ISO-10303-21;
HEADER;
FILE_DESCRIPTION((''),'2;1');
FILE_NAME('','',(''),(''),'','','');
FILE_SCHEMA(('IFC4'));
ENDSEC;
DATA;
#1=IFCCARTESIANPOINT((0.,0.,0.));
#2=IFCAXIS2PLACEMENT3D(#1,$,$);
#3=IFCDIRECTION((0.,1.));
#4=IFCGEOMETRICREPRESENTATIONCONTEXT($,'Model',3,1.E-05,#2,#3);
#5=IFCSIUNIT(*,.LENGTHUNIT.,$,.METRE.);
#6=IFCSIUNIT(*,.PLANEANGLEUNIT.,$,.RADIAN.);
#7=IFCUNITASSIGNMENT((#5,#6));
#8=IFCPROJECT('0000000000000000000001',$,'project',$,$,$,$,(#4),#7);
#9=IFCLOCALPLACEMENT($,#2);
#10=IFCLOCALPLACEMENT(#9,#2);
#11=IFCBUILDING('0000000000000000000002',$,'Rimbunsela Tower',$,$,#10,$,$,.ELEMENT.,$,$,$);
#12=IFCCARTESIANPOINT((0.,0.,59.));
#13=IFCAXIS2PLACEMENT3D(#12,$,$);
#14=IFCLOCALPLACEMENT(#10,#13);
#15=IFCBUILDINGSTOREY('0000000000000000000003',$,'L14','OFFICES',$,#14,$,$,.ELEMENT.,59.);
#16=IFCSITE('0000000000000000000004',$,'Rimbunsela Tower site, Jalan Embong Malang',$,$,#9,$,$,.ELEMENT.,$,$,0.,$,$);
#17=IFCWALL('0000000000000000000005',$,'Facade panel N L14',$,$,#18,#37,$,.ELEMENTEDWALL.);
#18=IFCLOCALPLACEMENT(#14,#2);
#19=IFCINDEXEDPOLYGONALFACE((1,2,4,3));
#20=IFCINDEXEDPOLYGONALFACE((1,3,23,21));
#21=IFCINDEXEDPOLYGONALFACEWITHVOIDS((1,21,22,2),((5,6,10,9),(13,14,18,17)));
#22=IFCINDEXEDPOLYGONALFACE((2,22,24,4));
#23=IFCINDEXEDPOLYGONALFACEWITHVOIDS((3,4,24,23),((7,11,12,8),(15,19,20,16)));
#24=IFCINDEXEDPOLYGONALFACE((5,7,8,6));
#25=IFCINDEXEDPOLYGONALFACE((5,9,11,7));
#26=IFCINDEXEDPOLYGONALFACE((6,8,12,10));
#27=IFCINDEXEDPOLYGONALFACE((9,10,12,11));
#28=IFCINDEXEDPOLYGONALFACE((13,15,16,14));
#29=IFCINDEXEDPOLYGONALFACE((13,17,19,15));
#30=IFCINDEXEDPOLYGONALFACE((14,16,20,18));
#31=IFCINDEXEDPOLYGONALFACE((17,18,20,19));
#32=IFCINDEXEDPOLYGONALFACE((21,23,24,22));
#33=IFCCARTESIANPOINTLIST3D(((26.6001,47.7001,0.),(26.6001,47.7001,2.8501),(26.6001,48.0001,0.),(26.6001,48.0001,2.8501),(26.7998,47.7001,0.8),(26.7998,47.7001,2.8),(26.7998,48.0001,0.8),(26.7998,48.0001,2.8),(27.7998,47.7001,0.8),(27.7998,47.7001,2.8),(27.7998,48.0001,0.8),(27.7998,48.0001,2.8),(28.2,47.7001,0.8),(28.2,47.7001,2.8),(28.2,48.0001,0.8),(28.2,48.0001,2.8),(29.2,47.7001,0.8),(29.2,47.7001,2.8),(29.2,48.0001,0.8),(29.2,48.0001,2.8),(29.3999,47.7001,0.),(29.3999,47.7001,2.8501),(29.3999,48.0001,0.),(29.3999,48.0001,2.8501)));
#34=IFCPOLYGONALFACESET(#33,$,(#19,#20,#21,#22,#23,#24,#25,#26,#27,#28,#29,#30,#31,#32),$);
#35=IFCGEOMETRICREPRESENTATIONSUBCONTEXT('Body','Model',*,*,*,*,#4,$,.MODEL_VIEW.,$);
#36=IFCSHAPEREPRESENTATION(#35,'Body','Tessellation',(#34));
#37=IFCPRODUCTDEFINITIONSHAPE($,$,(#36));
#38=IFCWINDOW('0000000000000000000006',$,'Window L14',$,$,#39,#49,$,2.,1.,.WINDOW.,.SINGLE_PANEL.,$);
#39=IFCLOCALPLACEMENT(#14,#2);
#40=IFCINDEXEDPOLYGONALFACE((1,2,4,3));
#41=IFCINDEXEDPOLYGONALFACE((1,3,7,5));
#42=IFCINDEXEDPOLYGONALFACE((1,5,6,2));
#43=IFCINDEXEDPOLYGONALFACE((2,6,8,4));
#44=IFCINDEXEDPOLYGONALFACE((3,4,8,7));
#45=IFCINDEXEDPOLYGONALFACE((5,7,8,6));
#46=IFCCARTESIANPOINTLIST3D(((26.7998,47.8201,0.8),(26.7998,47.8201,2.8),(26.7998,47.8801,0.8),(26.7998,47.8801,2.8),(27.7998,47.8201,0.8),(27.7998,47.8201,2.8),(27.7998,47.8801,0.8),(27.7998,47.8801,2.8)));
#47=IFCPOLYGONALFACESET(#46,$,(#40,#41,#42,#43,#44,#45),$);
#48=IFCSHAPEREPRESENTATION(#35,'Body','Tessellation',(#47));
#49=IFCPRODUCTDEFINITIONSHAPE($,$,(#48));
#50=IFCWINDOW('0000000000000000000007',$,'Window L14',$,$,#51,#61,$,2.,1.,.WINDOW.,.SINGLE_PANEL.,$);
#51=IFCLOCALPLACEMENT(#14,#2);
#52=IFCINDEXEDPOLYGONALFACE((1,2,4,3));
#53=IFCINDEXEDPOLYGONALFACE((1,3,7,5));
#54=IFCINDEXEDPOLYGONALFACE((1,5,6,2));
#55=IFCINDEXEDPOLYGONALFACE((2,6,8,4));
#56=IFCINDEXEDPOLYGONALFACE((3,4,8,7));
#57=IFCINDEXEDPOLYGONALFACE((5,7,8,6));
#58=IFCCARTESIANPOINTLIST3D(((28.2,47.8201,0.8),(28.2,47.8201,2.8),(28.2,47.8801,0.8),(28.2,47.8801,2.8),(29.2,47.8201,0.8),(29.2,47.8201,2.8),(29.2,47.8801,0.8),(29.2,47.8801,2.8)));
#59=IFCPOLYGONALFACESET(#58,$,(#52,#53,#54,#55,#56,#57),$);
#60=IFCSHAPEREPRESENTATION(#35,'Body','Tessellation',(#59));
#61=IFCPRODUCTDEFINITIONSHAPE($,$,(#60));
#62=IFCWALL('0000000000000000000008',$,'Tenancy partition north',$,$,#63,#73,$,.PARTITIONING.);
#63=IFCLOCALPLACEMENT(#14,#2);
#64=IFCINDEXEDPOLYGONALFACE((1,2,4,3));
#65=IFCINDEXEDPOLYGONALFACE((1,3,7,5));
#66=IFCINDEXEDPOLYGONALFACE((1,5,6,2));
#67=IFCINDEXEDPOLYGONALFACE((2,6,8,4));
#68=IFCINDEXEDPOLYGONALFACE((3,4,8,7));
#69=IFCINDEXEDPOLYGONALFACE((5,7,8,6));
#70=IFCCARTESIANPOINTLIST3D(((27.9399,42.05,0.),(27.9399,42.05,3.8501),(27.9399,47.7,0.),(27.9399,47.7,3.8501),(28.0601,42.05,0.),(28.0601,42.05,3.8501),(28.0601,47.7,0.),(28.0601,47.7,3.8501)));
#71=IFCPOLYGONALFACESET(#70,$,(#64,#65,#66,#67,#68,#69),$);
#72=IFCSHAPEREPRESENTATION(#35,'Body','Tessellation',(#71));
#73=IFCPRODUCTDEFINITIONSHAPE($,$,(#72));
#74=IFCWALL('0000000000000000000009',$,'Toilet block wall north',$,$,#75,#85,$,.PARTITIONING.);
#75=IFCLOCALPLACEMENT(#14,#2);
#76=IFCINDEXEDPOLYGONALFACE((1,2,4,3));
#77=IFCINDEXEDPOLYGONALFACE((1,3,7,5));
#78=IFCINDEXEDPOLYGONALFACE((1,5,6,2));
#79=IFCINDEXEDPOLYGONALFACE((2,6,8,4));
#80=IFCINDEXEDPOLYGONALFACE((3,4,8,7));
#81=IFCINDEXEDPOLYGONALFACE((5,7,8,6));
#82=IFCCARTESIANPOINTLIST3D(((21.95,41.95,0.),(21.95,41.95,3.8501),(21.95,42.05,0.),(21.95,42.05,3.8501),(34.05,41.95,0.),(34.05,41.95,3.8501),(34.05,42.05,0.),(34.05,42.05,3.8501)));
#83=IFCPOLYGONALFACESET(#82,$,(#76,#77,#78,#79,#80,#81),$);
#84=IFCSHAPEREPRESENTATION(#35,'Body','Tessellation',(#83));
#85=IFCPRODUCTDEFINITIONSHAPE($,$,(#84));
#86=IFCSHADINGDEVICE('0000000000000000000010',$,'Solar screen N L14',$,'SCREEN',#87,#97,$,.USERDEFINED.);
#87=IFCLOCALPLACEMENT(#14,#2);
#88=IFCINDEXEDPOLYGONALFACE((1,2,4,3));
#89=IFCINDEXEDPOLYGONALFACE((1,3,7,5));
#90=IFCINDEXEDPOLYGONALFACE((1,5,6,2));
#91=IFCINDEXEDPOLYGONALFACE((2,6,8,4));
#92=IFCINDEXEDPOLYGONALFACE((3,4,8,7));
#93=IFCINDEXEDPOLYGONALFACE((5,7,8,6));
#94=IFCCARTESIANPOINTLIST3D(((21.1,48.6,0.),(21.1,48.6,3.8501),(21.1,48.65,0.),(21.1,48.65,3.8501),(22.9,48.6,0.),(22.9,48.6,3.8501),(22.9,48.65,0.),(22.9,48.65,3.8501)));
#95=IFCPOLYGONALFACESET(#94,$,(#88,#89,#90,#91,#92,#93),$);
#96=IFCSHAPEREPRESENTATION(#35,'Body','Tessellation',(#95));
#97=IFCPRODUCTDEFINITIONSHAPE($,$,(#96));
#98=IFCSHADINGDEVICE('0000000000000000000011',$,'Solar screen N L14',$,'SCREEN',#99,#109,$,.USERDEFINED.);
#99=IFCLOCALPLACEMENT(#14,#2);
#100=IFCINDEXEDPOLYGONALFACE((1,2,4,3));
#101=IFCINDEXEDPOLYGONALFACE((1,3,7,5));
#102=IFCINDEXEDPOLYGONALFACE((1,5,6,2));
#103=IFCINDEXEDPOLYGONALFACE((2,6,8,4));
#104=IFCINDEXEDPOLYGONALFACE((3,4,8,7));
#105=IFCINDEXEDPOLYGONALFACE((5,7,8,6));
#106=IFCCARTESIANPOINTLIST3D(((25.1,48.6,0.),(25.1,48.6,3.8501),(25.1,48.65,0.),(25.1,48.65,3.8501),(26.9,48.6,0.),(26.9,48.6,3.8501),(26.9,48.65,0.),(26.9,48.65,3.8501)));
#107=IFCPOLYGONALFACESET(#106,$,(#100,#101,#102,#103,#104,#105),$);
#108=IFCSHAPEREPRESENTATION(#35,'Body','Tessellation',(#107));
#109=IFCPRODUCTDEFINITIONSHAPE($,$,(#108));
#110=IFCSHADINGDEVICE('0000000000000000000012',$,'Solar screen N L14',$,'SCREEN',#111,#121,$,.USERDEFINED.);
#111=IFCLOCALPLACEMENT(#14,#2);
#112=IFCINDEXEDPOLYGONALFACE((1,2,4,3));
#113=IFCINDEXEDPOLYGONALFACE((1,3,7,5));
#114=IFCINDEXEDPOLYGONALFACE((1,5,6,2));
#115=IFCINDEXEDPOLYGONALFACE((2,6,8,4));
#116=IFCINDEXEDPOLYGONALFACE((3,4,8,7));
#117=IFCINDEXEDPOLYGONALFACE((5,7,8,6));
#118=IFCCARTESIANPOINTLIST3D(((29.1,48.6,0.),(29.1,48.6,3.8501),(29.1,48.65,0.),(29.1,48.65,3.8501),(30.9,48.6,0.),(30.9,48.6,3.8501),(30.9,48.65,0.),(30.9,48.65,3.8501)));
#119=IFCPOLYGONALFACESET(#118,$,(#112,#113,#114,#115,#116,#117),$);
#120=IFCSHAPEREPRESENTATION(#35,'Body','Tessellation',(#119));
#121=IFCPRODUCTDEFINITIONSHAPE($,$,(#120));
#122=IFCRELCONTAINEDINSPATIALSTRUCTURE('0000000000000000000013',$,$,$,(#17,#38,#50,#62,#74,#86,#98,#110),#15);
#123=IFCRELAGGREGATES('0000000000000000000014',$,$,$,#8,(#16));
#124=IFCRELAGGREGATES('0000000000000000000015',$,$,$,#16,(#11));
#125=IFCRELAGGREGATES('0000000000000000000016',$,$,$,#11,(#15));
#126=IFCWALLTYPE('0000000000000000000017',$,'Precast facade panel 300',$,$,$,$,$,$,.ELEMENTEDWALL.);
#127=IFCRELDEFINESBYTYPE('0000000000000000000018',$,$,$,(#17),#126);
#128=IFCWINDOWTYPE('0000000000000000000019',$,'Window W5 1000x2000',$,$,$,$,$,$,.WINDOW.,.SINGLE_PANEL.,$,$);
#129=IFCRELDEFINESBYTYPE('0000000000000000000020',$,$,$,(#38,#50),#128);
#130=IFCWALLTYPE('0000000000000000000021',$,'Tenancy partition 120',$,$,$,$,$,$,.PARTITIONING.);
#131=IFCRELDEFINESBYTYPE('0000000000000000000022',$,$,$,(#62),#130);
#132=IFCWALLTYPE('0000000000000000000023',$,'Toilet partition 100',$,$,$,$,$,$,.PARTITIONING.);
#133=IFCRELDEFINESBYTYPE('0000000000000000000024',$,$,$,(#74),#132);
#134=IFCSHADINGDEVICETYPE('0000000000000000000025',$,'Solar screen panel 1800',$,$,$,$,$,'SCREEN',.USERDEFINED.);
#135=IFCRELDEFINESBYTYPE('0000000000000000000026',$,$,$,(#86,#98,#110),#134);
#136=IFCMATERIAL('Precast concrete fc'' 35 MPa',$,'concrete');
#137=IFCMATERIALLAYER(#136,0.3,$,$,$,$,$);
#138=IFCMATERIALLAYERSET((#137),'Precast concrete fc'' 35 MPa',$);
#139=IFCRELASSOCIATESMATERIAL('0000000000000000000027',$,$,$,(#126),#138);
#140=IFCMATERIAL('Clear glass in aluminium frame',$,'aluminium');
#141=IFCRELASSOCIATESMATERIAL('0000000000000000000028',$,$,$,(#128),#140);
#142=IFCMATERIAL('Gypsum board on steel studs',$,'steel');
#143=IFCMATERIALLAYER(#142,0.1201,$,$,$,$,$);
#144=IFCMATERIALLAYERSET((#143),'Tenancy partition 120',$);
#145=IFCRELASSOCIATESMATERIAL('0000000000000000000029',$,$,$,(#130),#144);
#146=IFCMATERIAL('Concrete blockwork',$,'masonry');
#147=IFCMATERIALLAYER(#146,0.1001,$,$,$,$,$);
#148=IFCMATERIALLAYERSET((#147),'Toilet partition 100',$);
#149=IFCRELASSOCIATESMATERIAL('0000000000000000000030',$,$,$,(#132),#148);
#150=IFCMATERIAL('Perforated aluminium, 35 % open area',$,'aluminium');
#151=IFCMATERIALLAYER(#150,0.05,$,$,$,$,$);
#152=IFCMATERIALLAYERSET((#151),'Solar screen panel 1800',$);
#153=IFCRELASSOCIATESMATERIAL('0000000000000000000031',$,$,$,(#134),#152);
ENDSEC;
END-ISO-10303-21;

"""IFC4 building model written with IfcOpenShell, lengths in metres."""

from ifc_helpers import new_model, si_unit, direction, frame, frame_2d, origin, origin_2d, place, context, subcontext, project, spatial, rectangle, extrude, material, layer, layer_set, type_object, element, fill, save


model = new_model("IFC4")

# Units and contexts
model_context = context("Model", 3, precision=1e-05, world=origin(), true_north=direction((0.0, 1.0)))
body_context = subcontext(model_context, "Body", "Model", "MODEL_VIEW")
ifc_project = project(units=[si_unit("LENGTHUNIT", "METRE"), si_unit("PLANEANGLEUNIT", "RADIAN")], contexts=[model_context])

# Site, building, storey
site_placement = place(None, origin())
site = spatial("IfcSite", under=ifc_project, at=site_placement, Name="Rimbunsela Tower site, Jalan Embong Malang", CompositionType="ELEMENT", RefElevation=0.0)
building_placement = place(site_placement, origin())
building = spatial("IfcBuilding", under=site, at=building_placement, Name="Rimbunsela Tower", CompositionType="ELEMENT")
storey_placement = place(building_placement, frame((0.0, 0.0, 59.0)))
storey = spatial("IfcBuildingStorey", under=building, at=storey_placement, Name="L14", Description="OFFICES", CompositionType="ELEMENT", Elevation=59.0)

# Shared definitions
ifc_material_1 = material(Name="Precast concrete fc' 35 MPa", Category="concrete")
ifc_layer_1 = layer(ifc_material_1, 0.3)
ifc_layer_set_1 = layer_set([ifc_layer_1], Name="Precast concrete fc' 35 MPa")
wall_type_1 = type_object("IfcWallType", Name="Precast facade panel 300", PredefinedType="ELEMENTEDWALL", material=ifc_layer_set_1)

# Wall, openings, windows
wall_1_placement = place(storey_placement, frame((29.3999, 47.8501, 0.0), z_axis=(0.0, 0.0, 1.0), x_axis=(-1.0, 0.0, 0.0)))
wall_1 = element("IfcWall", 1, at=wall_1_placement, inside=storey, type_object=wall_type_1, Name="Facade panel N L14", PredefinedType="ELEMENTEDWALL", context=body_context, shape_type="SweptSolid", body=[
    extrude(rectangle(XDim=2.7998, YDim=0.3, at=frame_2d((1.3999, 0.0))), origin(), (0.0, 0.0, 1.0), 2.8501),
])
opening_1_placement = place(wall_1_placement, frame((1.6001, 0.0, 0.8)))
opening_1 = element("IfcOpeningElement", 2, at=opening_1_placement, cuts=wall_1, PredefinedType="OPENING", context=body_context, shape_type="SweptSolid", body=[
    extrude(rectangle(XDim=1.0, YDim=2.0, at=frame_2d((0.5, 1.0))), frame((0.0, 0.1599, 0.0), z_axis=(0.0, -1.0, 0.0), x_axis=(1.0, 0.0, 0.0)), (0.0, 0.0, 1.0), 0.3201),
])
opening_2_placement = place(wall_1_placement, frame((0.2, 0.0, 0.8)))
opening_2 = element("IfcOpeningElement", 3, at=opening_2_placement, cuts=wall_1, PredefinedType="OPENING", context=body_context, shape_type="SweptSolid", body=[
    extrude(rectangle(XDim=1.0, YDim=2.0, at=frame_2d((0.5, 1.0))), frame((0.0, 0.1599, 0.0), z_axis=(0.0, -1.0, 0.0), x_axis=(1.0, 0.0, 0.0)), (0.0, 0.0, 1.0), 0.3201),
])
ifc_material_2 = material(Name="Clear glass in aluminium frame", Category="aluminium")
window_type_1 = type_object("IfcWindowType", Name="Window W5 1000x2000", PartitioningType="SINGLE_PANEL", PredefinedType="WINDOW", material=ifc_material_2)
window_1_placement = place(opening_1_placement, origin())
window_1 = element("IfcWindow", 4, at=window_1_placement, inside=storey, type_object=window_type_1, Name="Window L14", OverallHeight=2.0, OverallWidth=1.0, PartitioningType="SINGLE_PANEL", PredefinedType="WINDOW", context=body_context, shape_type="SweptSolid", body=[
    extrude(rectangle(XDim=1.0, YDim=2.0, at=frame_2d((0.5, 1.0))), frame((0.0, 0.03, 0.0), z_axis=(0.0, -1.0, 0.0), x_axis=(1.0, 0.0, 0.0)), (0.0, 0.0, 1.0), 0.0601),
])
fill(opening_1, window_1)
window_2_placement = place(opening_2_placement, origin())
window_2 = element("IfcWindow", 5, at=window_2_placement, inside=storey, type_object=window_type_1, Name="Window L14", OverallHeight=2.0, OverallWidth=1.0, PartitioningType="SINGLE_PANEL", PredefinedType="WINDOW", context=body_context, shape_type="SweptSolid", body=[
    extrude(rectangle(XDim=1.0, YDim=2.0, at=frame_2d((0.5, 1.0))), frame((0.0, 0.03, 0.0), z_axis=(0.0, -1.0, 0.0), x_axis=(1.0, 0.0, 0.0)), (0.0, 0.0, 1.0), 0.0601),
])
fill(opening_2, window_2)

# Walls
ifc_material_3 = material(Name="Gypsum board on steel studs", Category="steel")
ifc_layer_2 = layer(ifc_material_3, 0.1201)
ifc_layer_set_2 = layer_set([ifc_layer_2], Name="Tenancy partition 120")
wall_type_2 = type_object("IfcWallType", Name="Tenancy partition 120", PredefinedType="PARTITIONING", material=ifc_layer_set_2)
wall_2_placement = place(storey_placement, frame((28.0, 42.05, 0.0), z_axis=(0.0, 0.0, 1.0), x_axis=(0.0, 1.0, 0.0)))
element("IfcWall", 6, at=wall_2_placement, inside=storey, type_object=wall_type_2, Name="Tenancy partition north", PredefinedType="PARTITIONING", context=body_context, shape_type="SweptSolid", body=[
    extrude(rectangle(XDim=5.6499, YDim=0.1201, at=frame_2d((2.825, 0.0))), origin(), (0.0, 0.0, 1.0), 3.8501),
])
ifc_material_4 = material(Name="Concrete blockwork", Category="masonry")
ifc_layer_3 = layer(ifc_material_4, 0.1001)
ifc_layer_set_3 = layer_set([ifc_layer_3], Name="Toilet partition 100")
wall_type_3 = type_object("IfcWallType", Name="Toilet partition 100", PredefinedType="PARTITIONING", material=ifc_layer_set_3)
wall_3_placement = place(storey_placement, frame((21.95, 42.0, 0.0), z_axis=(0.0, 0.0, 1.0), x_axis=(1.0, 0.0, 0.0)))
element("IfcWall", 7, at=wall_3_placement, inside=storey, type_object=wall_type_3, Name="Toilet block wall north", PredefinedType="PARTITIONING", context=body_context, shape_type="SweptSolid", body=[
    extrude(rectangle(XDim=12.1001, YDim=0.1001, at=frame_2d((6.05, 0.0))), origin(), (0.0, 0.0, 1.0), 3.8501),
])

# Shading devices
ifc_material_5 = material(Name="Perforated aluminium, 35 % open area", Category="aluminium")
ifc_layer_4 = layer(ifc_material_5, 0.05)
ifc_layer_set_4 = layer_set([ifc_layer_4], Name="Solar screen panel 1800")
shading_device_type = type_object("IfcShadingDeviceType", Name="Solar screen panel 1800", ElementType="SCREEN", PredefinedType="USERDEFINED", material=ifc_layer_set_4)
for number, where, z_axis, x_axis, name in (
    (8, (22.0, 48.625, 0.0), (0.0, 0.0, 1.0), (1.0, 0.0, 0.0), "Solar screen N L14"),
    (9, (26.0, 48.625, 0.0), (0.0, 0.0, 1.0), (1.0, 0.0, 0.0), "Solar screen N L14"),
    (10, (30.0, 48.625, 0.0), (0.0, 0.0, 1.0), (1.0, 0.0, 0.0), "Solar screen N L14"),
):
    element("IfcShadingDevice", number, at=place(storey_placement, frame(where, z_axis=z_axis, x_axis=x_axis)), inside=storey, type_object=shading_device_type, Name=name, ObjectType="SCREEN", PredefinedType="USERDEFINED", context=body_context, shape_type="SweptSolid", body=[
        extrude(rectangle(XDim=1.8, YDim=0.05, at=origin_2d()), origin(), (0.0, 0.0, 1.0), 3.8501),
    ])

save(model, "model.ifc")
